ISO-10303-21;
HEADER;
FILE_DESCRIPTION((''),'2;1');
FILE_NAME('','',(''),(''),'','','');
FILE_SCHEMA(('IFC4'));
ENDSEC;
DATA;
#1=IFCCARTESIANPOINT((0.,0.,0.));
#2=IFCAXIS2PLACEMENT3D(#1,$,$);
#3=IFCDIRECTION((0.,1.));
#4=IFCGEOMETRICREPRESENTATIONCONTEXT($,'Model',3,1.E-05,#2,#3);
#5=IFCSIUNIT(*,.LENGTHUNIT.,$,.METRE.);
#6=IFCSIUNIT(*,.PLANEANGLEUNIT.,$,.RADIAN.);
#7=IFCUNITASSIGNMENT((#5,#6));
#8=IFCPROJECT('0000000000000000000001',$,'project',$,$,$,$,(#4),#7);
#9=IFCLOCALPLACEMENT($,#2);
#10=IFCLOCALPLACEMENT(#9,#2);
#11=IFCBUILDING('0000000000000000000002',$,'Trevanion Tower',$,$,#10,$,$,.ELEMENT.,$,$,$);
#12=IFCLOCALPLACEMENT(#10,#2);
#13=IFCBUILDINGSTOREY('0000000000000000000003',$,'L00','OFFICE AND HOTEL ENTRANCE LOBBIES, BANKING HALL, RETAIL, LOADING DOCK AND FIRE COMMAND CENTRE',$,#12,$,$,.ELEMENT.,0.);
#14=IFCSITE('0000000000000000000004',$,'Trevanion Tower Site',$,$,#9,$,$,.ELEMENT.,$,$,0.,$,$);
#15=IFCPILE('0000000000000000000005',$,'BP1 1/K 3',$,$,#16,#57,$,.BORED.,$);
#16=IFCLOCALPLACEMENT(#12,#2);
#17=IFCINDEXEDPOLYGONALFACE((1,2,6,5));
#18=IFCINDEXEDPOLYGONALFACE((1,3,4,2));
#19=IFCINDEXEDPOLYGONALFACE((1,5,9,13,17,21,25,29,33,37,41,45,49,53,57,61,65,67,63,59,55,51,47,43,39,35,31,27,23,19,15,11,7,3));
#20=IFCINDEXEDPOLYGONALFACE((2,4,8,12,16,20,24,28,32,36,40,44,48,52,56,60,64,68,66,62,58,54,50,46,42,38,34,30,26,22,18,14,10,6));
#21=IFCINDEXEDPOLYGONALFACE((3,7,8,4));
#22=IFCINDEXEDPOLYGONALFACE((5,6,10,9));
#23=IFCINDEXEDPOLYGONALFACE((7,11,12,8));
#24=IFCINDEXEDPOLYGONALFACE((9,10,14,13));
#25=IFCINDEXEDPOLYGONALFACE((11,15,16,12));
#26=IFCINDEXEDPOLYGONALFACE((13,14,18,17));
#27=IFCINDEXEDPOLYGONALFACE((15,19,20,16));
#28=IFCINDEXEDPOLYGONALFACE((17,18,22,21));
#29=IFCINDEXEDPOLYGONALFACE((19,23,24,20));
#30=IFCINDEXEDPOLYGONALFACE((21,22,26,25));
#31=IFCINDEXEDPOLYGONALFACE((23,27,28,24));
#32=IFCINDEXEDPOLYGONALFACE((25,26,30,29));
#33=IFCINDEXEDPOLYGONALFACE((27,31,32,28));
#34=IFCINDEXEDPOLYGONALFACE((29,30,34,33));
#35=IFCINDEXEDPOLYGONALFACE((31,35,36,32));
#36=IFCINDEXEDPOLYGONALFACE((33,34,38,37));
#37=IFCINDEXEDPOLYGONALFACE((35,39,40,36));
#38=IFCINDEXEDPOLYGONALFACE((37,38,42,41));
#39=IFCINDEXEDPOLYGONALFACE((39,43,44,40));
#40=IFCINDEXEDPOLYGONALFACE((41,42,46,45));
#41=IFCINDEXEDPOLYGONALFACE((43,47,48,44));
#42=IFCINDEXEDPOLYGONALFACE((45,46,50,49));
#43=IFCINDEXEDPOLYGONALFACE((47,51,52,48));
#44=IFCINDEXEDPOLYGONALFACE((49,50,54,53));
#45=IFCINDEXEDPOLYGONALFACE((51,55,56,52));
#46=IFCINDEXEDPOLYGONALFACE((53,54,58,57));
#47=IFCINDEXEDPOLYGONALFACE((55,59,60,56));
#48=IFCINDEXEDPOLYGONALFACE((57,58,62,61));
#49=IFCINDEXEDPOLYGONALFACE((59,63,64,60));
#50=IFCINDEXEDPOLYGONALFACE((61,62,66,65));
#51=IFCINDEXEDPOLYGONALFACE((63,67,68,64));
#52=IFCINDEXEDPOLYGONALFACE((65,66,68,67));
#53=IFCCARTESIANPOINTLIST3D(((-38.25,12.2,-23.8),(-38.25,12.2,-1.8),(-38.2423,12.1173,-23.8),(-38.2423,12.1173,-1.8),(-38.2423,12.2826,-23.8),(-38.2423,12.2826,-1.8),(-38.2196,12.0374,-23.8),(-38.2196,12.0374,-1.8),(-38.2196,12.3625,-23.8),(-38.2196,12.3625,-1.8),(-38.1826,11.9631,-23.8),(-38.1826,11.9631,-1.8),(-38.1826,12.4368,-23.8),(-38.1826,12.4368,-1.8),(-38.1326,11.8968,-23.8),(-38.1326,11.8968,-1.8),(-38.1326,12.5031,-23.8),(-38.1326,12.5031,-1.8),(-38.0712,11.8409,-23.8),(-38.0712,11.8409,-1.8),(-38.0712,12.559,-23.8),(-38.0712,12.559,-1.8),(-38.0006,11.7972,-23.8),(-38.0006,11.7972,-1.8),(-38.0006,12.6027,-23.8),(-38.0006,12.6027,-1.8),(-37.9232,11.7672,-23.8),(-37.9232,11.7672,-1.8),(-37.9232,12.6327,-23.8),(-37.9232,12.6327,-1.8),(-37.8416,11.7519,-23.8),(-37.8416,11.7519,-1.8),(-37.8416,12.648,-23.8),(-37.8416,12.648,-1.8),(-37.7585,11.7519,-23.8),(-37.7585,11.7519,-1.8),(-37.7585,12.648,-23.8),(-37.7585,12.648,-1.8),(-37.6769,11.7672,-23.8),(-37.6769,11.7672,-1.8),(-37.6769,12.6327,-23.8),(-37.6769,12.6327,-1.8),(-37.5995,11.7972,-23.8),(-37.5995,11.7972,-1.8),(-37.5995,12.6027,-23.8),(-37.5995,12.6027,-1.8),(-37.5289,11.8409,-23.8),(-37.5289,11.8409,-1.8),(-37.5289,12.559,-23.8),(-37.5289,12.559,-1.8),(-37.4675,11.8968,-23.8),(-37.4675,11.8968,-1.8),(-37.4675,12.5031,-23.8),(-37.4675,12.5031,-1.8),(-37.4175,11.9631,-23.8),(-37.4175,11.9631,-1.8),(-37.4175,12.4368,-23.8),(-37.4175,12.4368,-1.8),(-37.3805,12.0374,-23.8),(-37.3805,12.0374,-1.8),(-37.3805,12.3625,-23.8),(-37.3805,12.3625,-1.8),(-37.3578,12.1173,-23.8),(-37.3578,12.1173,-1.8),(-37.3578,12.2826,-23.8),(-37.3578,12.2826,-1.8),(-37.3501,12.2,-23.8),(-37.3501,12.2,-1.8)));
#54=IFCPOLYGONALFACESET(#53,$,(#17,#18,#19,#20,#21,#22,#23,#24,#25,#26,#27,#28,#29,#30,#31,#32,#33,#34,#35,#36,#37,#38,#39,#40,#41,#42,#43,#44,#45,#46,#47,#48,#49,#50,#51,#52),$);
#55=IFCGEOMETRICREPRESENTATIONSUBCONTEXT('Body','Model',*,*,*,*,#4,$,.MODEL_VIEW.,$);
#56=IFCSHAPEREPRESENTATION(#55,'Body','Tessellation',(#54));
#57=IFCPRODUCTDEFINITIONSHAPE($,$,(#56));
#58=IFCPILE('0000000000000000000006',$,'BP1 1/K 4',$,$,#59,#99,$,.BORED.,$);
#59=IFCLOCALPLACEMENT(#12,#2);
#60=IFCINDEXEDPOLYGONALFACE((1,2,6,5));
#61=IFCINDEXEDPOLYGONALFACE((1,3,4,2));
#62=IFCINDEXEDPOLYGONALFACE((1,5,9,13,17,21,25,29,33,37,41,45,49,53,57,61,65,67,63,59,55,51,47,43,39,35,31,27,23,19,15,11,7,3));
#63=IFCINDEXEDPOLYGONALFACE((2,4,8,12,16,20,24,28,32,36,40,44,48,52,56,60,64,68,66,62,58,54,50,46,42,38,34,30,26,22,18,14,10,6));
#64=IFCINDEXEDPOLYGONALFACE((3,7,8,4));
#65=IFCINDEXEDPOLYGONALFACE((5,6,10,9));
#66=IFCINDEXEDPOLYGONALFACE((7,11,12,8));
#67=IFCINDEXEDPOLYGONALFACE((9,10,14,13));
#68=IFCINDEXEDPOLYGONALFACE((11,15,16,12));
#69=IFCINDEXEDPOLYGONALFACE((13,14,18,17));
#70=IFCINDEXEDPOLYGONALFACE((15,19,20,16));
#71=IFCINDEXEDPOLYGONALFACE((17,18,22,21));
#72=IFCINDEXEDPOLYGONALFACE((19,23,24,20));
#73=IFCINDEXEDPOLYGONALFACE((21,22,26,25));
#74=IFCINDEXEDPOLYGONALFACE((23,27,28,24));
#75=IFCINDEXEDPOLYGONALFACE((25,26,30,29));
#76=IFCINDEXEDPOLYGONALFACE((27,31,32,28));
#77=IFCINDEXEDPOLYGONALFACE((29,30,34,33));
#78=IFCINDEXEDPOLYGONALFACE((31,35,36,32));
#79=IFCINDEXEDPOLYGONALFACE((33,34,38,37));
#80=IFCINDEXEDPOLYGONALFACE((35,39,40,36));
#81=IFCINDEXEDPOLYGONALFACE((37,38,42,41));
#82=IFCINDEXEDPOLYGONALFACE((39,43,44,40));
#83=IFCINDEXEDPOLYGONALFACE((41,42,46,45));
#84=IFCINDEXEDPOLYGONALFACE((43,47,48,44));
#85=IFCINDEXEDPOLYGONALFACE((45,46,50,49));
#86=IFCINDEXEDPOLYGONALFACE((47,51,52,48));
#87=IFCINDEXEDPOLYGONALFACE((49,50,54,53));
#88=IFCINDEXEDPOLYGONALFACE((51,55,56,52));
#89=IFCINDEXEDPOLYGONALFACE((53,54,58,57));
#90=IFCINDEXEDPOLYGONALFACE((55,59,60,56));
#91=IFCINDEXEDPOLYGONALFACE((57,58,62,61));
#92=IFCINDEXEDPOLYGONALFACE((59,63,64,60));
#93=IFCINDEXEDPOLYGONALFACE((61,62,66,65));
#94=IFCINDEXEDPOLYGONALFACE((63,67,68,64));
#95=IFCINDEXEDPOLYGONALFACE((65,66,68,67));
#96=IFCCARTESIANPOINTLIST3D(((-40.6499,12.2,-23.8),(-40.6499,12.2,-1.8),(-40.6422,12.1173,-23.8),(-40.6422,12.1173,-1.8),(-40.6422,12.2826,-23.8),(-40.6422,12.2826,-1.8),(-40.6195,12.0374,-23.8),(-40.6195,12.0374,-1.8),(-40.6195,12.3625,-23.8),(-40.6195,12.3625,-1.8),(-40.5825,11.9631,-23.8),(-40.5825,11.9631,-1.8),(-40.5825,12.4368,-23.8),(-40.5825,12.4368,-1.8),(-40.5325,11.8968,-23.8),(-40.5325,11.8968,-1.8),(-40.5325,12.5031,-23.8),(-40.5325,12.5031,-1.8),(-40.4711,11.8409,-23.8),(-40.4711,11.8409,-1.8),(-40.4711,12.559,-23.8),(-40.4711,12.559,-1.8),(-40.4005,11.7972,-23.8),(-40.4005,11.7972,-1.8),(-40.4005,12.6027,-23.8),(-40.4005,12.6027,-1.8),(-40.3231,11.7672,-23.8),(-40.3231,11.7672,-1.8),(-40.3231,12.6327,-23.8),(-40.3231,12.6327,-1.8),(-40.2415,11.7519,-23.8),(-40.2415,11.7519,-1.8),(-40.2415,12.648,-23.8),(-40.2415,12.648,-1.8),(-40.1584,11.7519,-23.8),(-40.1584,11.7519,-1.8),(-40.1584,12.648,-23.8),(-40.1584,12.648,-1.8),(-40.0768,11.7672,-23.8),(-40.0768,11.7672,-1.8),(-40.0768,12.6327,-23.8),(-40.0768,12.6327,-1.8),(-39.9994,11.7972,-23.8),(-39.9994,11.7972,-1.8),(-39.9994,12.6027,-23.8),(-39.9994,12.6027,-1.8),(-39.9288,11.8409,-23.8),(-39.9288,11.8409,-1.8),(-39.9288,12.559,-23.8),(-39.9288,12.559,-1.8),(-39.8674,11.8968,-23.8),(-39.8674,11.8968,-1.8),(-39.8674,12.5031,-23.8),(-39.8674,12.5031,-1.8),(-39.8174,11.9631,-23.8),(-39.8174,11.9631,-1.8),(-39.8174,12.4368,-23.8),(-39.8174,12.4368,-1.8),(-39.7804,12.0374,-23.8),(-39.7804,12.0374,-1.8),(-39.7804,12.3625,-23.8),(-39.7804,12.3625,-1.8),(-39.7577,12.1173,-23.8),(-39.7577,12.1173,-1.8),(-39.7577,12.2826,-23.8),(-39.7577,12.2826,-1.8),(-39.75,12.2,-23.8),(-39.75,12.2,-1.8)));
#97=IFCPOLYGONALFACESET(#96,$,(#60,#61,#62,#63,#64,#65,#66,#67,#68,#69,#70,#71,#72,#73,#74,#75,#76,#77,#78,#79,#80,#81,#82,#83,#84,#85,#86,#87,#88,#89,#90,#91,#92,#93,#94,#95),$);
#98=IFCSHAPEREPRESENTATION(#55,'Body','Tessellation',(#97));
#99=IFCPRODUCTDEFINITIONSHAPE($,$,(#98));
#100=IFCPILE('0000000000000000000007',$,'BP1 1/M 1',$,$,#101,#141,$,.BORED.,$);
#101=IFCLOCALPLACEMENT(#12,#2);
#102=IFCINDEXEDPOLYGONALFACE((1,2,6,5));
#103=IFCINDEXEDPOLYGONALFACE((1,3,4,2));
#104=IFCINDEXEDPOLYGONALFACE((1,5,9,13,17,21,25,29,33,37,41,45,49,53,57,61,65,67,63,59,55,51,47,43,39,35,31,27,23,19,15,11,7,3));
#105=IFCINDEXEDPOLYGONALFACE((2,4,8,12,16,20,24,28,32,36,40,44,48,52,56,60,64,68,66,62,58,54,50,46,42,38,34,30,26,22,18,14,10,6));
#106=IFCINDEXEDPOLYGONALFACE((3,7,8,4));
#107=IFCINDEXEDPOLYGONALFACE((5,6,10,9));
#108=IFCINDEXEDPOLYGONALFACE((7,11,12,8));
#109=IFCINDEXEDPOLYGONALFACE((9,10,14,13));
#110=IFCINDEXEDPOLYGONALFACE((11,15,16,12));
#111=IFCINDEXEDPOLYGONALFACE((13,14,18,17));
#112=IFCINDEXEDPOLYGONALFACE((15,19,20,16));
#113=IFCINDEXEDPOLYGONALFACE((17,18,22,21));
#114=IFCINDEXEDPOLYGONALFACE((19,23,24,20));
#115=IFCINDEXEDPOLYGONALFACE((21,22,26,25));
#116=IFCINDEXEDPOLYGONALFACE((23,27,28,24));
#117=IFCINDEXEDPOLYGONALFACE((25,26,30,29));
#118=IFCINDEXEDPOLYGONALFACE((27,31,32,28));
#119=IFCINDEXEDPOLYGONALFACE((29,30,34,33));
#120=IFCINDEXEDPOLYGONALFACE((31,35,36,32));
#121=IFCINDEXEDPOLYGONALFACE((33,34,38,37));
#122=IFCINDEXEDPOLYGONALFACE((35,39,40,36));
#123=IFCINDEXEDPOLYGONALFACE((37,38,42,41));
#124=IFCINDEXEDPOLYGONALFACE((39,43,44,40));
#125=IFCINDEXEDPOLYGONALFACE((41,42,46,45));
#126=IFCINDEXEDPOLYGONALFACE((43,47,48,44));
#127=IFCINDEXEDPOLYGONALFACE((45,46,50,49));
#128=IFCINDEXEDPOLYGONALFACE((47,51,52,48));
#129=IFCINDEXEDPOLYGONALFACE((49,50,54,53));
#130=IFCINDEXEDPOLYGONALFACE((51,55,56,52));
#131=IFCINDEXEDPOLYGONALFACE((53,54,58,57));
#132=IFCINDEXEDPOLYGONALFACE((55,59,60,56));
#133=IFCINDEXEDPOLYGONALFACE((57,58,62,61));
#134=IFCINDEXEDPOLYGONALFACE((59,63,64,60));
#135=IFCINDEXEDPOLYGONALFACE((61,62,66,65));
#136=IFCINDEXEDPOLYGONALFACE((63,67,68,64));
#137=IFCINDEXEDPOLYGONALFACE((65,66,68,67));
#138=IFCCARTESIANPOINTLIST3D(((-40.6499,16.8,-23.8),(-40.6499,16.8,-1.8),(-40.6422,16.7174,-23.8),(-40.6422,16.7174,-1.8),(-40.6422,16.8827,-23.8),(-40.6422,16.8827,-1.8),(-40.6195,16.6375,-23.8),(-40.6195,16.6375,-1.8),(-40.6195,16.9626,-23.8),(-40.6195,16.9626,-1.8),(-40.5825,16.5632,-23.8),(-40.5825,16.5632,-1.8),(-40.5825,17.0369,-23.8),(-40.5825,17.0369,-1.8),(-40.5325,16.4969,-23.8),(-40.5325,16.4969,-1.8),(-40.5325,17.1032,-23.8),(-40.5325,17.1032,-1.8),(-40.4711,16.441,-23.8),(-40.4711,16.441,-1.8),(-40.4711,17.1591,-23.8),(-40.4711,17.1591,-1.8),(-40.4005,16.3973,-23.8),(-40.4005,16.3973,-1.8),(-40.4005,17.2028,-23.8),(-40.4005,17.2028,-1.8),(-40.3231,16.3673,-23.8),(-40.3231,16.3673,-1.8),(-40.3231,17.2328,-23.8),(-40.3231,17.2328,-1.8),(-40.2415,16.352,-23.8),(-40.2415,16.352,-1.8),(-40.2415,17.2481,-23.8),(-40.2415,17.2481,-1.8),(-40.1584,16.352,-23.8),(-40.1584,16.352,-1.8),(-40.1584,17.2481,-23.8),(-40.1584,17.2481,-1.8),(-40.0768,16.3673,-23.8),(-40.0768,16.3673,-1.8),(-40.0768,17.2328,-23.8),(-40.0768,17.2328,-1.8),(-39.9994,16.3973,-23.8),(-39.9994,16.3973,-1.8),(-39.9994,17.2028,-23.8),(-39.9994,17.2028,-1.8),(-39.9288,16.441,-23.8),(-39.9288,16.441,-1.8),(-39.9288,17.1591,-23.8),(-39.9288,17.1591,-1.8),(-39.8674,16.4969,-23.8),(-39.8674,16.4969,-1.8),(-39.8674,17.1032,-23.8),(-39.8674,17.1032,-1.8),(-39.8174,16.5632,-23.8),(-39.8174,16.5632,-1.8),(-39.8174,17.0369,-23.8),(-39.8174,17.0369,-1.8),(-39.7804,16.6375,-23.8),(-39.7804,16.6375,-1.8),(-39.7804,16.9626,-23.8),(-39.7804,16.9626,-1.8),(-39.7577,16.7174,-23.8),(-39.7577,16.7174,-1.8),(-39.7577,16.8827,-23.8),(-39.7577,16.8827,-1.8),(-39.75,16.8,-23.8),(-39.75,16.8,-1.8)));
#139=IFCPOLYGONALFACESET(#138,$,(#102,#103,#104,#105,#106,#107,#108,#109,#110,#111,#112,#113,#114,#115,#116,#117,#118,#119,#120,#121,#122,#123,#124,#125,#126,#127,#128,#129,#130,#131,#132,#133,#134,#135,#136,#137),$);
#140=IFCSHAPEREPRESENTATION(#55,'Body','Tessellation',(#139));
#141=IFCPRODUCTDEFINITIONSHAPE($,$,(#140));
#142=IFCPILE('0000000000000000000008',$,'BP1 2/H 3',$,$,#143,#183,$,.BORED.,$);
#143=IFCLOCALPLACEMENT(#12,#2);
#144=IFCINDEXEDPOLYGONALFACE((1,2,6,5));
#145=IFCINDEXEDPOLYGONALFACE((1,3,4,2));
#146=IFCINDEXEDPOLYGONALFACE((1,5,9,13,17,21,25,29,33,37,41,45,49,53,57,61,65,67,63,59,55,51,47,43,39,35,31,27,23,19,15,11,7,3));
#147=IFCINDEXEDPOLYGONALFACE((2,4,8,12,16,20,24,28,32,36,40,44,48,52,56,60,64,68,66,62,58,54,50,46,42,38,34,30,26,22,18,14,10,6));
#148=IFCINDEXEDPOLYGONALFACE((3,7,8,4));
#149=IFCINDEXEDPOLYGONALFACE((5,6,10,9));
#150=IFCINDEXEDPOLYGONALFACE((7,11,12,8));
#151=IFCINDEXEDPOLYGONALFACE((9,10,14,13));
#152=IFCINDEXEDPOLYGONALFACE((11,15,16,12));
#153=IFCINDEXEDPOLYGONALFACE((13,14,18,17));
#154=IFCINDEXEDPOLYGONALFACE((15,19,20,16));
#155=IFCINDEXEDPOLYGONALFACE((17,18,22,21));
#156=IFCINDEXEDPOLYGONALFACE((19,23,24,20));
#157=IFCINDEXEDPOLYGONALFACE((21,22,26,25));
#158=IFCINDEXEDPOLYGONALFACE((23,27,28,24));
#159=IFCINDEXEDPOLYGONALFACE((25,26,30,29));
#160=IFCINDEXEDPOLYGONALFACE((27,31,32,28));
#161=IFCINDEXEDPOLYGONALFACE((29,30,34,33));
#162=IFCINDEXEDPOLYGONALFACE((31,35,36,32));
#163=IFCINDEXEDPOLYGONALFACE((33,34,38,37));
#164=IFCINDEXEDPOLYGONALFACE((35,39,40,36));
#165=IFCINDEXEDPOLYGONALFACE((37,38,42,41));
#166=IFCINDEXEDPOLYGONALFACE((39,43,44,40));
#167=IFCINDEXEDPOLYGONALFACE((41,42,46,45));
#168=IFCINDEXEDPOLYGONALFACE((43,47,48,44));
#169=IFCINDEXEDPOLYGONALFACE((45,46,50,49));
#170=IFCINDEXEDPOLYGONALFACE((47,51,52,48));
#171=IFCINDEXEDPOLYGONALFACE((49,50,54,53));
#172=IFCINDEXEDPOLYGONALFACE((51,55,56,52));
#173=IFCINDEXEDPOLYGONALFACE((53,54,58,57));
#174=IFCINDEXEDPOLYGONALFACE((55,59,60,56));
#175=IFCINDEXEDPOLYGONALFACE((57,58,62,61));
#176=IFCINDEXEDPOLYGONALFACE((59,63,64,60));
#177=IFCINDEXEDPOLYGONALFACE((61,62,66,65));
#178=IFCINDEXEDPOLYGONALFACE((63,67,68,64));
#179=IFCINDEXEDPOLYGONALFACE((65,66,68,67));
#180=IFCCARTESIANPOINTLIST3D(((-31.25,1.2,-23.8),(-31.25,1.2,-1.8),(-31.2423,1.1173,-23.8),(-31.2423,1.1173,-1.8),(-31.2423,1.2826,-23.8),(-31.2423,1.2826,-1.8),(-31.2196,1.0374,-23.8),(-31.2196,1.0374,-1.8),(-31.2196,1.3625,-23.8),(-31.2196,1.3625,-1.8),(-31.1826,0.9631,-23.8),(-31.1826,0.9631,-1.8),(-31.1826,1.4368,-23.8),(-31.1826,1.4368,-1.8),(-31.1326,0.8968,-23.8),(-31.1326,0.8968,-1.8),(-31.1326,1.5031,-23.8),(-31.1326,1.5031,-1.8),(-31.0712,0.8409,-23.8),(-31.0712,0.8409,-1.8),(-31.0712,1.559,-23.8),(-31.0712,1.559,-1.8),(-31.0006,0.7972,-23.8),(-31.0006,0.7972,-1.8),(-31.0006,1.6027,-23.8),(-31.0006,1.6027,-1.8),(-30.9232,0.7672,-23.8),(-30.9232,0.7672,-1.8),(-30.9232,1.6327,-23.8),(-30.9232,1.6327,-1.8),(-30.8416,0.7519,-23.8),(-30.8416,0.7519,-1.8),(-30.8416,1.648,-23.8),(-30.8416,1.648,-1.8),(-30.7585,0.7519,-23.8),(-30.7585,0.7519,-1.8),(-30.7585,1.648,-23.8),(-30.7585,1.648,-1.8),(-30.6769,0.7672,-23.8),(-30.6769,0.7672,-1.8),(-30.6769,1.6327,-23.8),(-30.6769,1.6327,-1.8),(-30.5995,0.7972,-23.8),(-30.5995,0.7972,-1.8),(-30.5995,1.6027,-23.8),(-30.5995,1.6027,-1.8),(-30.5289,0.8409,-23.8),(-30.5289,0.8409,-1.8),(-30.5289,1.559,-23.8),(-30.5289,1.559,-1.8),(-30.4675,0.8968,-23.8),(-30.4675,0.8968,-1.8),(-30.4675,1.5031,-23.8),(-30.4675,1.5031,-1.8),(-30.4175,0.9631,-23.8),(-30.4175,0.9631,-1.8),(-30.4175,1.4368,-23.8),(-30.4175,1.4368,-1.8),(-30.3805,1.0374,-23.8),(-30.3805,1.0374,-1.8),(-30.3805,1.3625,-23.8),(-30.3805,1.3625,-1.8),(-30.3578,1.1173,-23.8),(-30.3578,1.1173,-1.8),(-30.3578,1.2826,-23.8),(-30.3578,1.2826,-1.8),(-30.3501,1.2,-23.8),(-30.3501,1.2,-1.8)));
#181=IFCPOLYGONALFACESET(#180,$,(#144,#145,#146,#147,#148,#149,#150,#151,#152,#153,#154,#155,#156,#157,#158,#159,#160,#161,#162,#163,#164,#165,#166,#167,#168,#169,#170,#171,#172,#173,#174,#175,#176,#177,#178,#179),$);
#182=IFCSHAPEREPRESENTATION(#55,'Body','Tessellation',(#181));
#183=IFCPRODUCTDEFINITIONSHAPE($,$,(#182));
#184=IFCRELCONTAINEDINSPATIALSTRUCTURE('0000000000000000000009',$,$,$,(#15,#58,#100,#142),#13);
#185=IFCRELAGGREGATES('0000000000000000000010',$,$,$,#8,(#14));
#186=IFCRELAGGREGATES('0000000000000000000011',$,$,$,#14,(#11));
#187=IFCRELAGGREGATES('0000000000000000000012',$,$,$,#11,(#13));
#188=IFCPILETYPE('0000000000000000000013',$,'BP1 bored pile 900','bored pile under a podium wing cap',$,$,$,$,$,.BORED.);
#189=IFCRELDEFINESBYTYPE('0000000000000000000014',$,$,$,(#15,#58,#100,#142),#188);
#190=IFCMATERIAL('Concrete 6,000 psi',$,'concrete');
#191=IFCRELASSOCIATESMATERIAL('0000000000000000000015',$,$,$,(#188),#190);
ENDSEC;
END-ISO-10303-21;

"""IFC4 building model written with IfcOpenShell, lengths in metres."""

from ifc_helpers import new_model, si_unit, direction, frame, origin, origin_2d, place, context, subcontext, project, spatial, circle, extrude, material, material_profile, profile_set, type_object, element, save


model = new_model("IFC4")

# Units and contexts
model_context = context("Model", 3, precision=1e-05, world=origin(), true_north=direction((0.0, 1.0)))
body_context = subcontext(model_context, "Body", "Model", "MODEL_VIEW")
ifc_project = project(units=[si_unit("LENGTHUNIT", "METRE"), si_unit("PLANEANGLEUNIT", "RADIAN")], contexts=[model_context])

# Site, building, storey
site_placement = place(None, origin())
site = spatial("IfcSite", under=ifc_project, at=site_placement, Name="Trevanion Tower Site", CompositionType="ELEMENT", RefElevation=0.0)
building_placement = place(site_placement, origin())
building = spatial("IfcBuilding", under=site, at=building_placement, Name="Trevanion Tower", CompositionType="ELEMENT")
storey_placement = place(building_placement, origin())
storey = spatial("IfcBuildingStorey", under=building, at=storey_placement, Name="L00", Description="OFFICE AND HOTEL ENTRANCE LOBBIES, BANKING HALL, RETAIL, LOADING DOCK AND FIRE COMMAND CENTRE", CompositionType="ELEMENT", Elevation=0.0)

# Piles
ifc_material_1 = material(Name="Concrete 6,000 psi", Category="concrete")
ifc_material_profile_1 = material_profile(ifc_material_1, circle(Radius=0.45, at=origin_2d()), Name="BP1 bored pile 900")
ifc_profile_set_1 = profile_set([ifc_material_profile_1], Name="Concrete 6,000 psi")
pile_type = type_object("IfcPileType", Name="BP1 bored pile 900", Description="bored pile under a podium wing cap", PredefinedType="BORED", material=ifc_profile_set_1)
for number, where, z_axis, x_axis, name in (
    (1, (-37.8, 12.2, -1.8), (0.0, 0.0, -1.0), (1.0, 0.0, 0.0), "BP1 1/K 3"),
    (2, (-40.2, 12.2, -1.8), (0.0, 0.0, -1.0), (1.0, 0.0, 0.0), "BP1 1/K 4"),
    (3, (-40.2, 16.8, -1.8), (0.0, 0.0, -1.0), (1.0, 0.0, 0.0), "BP1 1/M 1"),
    (4, (-30.8, 1.2, -1.8), (0.0, 0.0, -1.0), (1.0, 0.0, 0.0), "BP1 2/H 3"),
):
    element("IfcPile", number, at=place(storey_placement, frame(where, z_axis=z_axis, x_axis=x_axis)), inside=storey, type_object=pile_type, Name=name, PredefinedType="BORED", context=body_context, shape_type="SweptSolid", body=[
        extrude(circle(Radius=0.45, at=origin_2d()), origin(), (0.0, 0.0, 1.0), 22.0),
    ])

save(model, "model.ifc")
